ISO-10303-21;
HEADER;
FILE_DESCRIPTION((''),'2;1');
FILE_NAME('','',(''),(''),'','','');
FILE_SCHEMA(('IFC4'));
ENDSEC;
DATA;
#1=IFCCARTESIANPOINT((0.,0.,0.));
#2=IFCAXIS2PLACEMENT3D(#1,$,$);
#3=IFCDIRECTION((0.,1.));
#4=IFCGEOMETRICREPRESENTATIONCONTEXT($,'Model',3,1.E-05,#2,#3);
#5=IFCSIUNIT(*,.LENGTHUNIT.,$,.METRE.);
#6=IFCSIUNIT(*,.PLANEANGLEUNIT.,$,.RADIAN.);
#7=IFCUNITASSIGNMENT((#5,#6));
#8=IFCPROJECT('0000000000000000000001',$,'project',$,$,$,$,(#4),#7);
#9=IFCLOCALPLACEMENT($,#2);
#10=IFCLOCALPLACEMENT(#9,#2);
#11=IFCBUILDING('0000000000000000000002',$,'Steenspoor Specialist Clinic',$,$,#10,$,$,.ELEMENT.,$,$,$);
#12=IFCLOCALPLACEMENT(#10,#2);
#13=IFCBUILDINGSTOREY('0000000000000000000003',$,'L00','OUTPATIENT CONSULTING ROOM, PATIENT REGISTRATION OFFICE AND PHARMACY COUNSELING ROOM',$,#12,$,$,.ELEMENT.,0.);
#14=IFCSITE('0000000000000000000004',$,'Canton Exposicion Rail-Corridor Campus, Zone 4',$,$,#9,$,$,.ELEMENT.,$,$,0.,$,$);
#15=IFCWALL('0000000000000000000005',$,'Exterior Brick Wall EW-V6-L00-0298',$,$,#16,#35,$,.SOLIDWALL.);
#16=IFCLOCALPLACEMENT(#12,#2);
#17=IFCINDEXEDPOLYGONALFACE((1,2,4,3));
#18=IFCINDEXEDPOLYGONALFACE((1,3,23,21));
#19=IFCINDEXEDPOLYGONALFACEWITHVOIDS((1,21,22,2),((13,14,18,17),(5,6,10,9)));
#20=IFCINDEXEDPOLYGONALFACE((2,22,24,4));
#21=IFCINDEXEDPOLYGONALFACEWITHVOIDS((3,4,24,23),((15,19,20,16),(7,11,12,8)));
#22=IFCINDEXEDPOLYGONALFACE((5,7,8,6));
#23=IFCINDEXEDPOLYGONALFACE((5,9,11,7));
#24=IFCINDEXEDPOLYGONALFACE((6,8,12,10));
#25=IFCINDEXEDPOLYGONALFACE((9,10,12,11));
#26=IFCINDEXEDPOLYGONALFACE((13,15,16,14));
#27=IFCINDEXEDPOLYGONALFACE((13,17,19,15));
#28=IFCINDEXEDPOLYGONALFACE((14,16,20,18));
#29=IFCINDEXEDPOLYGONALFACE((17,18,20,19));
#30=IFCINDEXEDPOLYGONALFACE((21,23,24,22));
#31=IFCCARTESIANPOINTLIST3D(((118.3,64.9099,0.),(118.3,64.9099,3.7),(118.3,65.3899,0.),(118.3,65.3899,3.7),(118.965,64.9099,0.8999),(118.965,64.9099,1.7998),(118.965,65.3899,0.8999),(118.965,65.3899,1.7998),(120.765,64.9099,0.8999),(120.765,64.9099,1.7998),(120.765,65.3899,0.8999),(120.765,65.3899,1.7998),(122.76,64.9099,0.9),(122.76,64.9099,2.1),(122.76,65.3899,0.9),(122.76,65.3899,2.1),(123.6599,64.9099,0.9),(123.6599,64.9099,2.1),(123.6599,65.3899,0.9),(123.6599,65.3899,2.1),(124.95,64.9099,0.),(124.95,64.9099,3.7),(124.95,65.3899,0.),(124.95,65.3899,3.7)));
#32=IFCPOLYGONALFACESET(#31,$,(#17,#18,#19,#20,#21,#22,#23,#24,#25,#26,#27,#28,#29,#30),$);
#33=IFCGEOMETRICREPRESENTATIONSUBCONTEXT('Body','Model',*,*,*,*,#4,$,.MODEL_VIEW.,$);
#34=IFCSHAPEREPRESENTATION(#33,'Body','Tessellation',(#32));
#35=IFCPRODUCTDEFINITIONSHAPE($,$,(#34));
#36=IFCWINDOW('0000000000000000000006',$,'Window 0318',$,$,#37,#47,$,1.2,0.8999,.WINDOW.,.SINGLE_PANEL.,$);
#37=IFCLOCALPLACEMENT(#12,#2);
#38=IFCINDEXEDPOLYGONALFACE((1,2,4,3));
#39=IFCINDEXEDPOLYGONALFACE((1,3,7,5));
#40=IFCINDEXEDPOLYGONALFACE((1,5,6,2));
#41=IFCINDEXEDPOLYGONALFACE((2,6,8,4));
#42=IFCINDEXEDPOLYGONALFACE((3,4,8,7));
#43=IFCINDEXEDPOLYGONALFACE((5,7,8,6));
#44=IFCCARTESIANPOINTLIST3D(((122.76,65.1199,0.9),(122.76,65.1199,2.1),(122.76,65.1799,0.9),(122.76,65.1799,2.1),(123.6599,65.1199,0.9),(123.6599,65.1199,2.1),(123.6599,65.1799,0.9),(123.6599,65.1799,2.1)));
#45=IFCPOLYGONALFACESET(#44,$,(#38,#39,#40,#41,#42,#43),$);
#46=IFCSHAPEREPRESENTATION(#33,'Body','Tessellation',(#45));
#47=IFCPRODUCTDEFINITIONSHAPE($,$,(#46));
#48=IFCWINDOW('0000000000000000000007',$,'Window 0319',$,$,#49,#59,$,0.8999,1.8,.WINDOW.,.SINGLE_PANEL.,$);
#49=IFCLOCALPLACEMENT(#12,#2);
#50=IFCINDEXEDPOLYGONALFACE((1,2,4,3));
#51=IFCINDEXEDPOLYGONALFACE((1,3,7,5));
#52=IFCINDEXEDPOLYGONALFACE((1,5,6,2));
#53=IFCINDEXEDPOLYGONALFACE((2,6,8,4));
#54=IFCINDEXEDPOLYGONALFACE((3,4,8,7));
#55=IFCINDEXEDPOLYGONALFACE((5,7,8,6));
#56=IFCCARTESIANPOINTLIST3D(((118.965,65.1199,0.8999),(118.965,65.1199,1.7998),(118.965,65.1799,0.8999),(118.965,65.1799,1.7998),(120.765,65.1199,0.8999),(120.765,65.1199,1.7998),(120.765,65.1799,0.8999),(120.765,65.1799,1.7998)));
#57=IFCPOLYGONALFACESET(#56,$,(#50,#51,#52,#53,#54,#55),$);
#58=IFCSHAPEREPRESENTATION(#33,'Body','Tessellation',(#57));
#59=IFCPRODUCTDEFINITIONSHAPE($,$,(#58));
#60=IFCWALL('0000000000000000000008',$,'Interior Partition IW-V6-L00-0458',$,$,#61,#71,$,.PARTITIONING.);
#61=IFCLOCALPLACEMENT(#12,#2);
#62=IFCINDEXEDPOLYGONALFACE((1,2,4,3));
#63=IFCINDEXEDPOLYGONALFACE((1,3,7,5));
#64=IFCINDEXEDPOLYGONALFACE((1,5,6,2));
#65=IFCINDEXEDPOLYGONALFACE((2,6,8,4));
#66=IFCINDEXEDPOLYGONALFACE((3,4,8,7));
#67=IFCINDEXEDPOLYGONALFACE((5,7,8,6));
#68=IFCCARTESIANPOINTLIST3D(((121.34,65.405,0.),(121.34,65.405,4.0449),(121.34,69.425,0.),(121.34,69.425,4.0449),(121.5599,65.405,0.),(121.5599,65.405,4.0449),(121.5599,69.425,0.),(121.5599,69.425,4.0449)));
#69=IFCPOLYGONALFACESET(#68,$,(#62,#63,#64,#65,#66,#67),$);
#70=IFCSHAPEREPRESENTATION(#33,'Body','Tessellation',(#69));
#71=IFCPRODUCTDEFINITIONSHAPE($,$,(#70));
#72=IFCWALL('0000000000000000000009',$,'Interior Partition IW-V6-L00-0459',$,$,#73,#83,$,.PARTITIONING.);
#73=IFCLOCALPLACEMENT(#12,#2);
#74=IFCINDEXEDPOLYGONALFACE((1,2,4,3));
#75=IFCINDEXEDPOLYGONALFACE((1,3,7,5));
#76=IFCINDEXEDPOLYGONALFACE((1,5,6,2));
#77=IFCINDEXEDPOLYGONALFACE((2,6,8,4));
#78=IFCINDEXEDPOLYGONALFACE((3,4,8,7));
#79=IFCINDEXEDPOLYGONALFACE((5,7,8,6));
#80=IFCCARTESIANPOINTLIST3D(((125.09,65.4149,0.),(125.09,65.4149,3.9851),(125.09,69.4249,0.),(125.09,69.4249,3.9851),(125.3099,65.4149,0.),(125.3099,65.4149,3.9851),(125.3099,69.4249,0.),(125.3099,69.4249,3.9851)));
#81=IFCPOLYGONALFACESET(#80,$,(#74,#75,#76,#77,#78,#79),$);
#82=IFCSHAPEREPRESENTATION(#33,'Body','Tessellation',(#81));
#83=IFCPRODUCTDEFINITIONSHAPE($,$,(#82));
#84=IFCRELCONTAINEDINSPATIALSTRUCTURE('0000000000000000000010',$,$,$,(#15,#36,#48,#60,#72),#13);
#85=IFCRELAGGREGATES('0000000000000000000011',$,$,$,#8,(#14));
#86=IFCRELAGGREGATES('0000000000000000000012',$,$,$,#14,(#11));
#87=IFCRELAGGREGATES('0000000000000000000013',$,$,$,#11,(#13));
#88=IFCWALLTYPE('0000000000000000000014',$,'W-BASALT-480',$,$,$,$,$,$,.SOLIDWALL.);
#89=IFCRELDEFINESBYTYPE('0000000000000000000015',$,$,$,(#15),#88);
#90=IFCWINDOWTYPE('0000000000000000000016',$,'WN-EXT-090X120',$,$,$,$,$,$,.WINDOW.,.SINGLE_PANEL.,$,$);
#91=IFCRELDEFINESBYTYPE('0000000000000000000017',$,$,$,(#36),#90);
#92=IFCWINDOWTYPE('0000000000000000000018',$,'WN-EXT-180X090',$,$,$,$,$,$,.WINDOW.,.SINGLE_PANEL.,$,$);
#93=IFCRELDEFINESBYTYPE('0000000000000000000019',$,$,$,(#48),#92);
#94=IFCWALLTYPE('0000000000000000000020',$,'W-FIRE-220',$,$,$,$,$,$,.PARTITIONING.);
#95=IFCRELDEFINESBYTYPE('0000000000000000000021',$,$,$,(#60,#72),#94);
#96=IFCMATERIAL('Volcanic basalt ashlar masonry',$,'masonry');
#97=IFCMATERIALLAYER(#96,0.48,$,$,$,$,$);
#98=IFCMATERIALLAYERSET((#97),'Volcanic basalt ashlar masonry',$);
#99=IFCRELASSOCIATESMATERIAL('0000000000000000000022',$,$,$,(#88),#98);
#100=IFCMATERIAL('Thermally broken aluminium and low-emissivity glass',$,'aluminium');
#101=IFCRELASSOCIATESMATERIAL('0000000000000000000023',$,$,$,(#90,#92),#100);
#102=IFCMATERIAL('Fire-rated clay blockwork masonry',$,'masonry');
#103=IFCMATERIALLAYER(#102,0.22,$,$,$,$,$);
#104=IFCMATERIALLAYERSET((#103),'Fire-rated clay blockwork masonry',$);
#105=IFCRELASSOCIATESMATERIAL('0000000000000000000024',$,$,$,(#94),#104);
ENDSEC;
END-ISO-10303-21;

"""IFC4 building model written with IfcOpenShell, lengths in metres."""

from ifc_helpers import new_model, si_unit, direction, frame, frame_2d, origin, place, context, subcontext, project, spatial, rectangle, extrude, material, layer, layer_set, type_object, element, fill, save


model = new_model("IFC4")

# Units and contexts
model_context = context("Model", 3, precision=1e-05, world=origin(), true_north=direction((0.0, 1.0)))
body_context = subcontext(model_context, "Body", "Model", "MODEL_VIEW")
ifc_project = project(units=[si_unit("LENGTHUNIT", "METRE"), si_unit("PLANEANGLEUNIT", "RADIAN")], contexts=[model_context])

# Site, building, storey
site_placement = place(None, origin())
site = spatial("IfcSite", under=ifc_project, at=site_placement, Name="Canton Exposicion Rail-Corridor Campus, Zone 4", CompositionType="ELEMENT", RefElevation=0.0)
building_placement = place(site_placement, origin())
building = spatial("IfcBuilding", under=site, at=building_placement, Name="Steenspoor Specialist Clinic", CompositionType="ELEMENT")
storey_placement = place(building_placement, origin())
storey = spatial("IfcBuildingStorey", under=building, at=storey_placement, Name="L00", Description="OUTPATIENT CONSULTING ROOM, PATIENT REGISTRATION OFFICE AND PHARMACY COUNSELING ROOM", CompositionType="ELEMENT", Elevation=0.0)

# Shared definitions
ifc_material_1 = material(Name="Thermally broken aluminium and low-emissivity glass", Category="aluminium")

# Wall, openings, windows
ifc_material_2 = material(Name="Volcanic basalt ashlar masonry", Category="masonry")
ifc_layer_1 = layer(ifc_material_2, 0.48)
ifc_layer_set_1 = layer_set([ifc_layer_1], Name="Volcanic basalt ashlar masonry")
wall_type_1 = type_object("IfcWallType", Name="W-BASALT-480", PredefinedType="SOLIDWALL", material=ifc_layer_set_1)
wall_1_placement = place(storey_placement, frame((124.95, 65.1499, 0.0), z_axis=(0.0, 0.0, 1.0), x_axis=(-1.0, 0.0, 0.0)))
wall_1 = element("IfcWall", 1, at=wall_1_placement, inside=storey, type_object=wall_type_1, Name="Exterior Brick Wall EW-V6-L00-0298", PredefinedType="SOLIDWALL", context=body_context, shape_type="SweptSolid", body=[
    extrude(rectangle(XDim=6.6499, YDim=0.48, at=frame_2d((3.325, 0.0))), origin(), (0.0, 0.0, 1.0), 3.7),
])
opening_1_placement = place(wall_1_placement, frame((1.29, 0.0, 0.8999)))
opening_1 = element("IfcOpeningElement", 2, at=opening_1_placement, cuts=wall_1, PredefinedType="OPENING", context=body_context, shape_type="SweptSolid", body=[
    extrude(rectangle(XDim=0.8999, YDim=1.2, at=frame_2d((0.45, 0.6001))), frame((0.0, 0.25, 0.0), z_axis=(0.0, -1.0, 0.0), x_axis=(1.0, 0.0, 0.0)), (0.0, 0.0, 1.0), 0.5),
])
opening_2_placement = place(wall_1_placement, frame((4.1851, 0.0, 0.8999)))
opening_2 = element("IfcOpeningElement", 3, at=opening_2_placement, cuts=wall_1, PredefinedType="OPENING", context=body_context, shape_type="SweptSolid", body=[
    extrude(rectangle(XDim=1.8, YDim=0.8999, at=frame_2d((0.8999, 0.45))), frame((0.0, 0.25, 0.0), z_axis=(0.0, -1.0, 0.0), x_axis=(1.0, 0.0, 0.0)), (0.0, 0.0, 1.0), 0.5),
])
window_type_1 = type_object("IfcWindowType", Name="WN-EXT-090X120", PartitioningType="SINGLE_PANEL", PredefinedType="WINDOW", material=ifc_material_1)
window_1_placement = place(opening_1_placement, origin())
window_1 = element("IfcWindow", 4, at=window_1_placement, inside=storey, type_object=window_type_1, Name="Window 0318", OverallHeight=1.2, OverallWidth=0.8999, PartitioningType="SINGLE_PANEL", PredefinedType="WINDOW", context=body_context, shape_type="SweptSolid", body=[
    extrude(rectangle(XDim=0.8999, YDim=1.2, at=frame_2d((0.45, 0.6001))), frame((0.0, 0.03, 0.0), z_axis=(0.0, -1.0, 0.0), x_axis=(1.0, 0.0, 0.0)), (0.0, 0.0, 1.0), 0.0601),
])
fill(opening_1, window_1)
window_type_2 = type_object("IfcWindowType", Name="WN-EXT-180X090", PartitioningType="SINGLE_PANEL", PredefinedType="WINDOW", material=ifc_material_1)
window_2_placement = place(opening_2_placement, origin())
window_2 = element("IfcWindow", 5, at=window_2_placement, inside=storey, type_object=window_type_2, Name="Window 0319", OverallHeight=0.8999, OverallWidth=1.8, PartitioningType="SINGLE_PANEL", PredefinedType="WINDOW", context=body_context, shape_type="SweptSolid", body=[
    extrude(rectangle(XDim=1.8, YDim=0.8999, at=frame_2d((0.8999, 0.45))), frame((0.0, 0.03, 0.0), z_axis=(0.0, -1.0, 0.0), x_axis=(1.0, 0.0, 0.0)), (0.0, 0.0, 1.0), 0.0601),
])
fill(opening_2, window_2)

# Walls
ifc_material_3 = material(Name="Fire-rated clay blockwork masonry", Category="masonry")
ifc_layer_2 = layer(ifc_material_3, 0.22)
ifc_layer_set_2 = layer_set([ifc_layer_2], Name="Fire-rated clay blockwork masonry")
wall_type_2 = type_object("IfcWallType", Name="W-FIRE-220", PredefinedType="PARTITIONING", material=ifc_layer_set_2)
wall_2_placement = place(storey_placement, frame((121.45, 65.405, 0.0), z_axis=(0.0, 0.0, 1.0), x_axis=(0.0, 1.0, 0.0)))
element("IfcWall", 6, at=wall_2_placement, inside=storey, type_object=wall_type_2, Name="Interior Partition IW-V6-L00-0458", PredefinedType="PARTITIONING", context=body_context, shape_type="SweptSolid", body=[
    extrude(rectangle(XDim=4.02, YDim=0.22, at=frame_2d((2.01, 0.0))), origin(), (0.0, 0.0, 1.0), 4.0449),
])
wall_3_placement = place(storey_placement, frame((125.2, 65.415, 0.0), z_axis=(0.0, 0.0, 1.0), x_axis=(0.0, 1.0, 0.0)))
element("IfcWall", 7, at=wall_3_placement, inside=storey, type_object=wall_type_2, Name="Interior Partition IW-V6-L00-0459", PredefinedType="PARTITIONING", context=body_context, shape_type="SweptSolid", body=[
    extrude(rectangle(XDim=4.01, YDim=0.22, at=frame_2d((2.0049, 0.0))), origin(), (0.0, 0.0, 1.0), 3.9851),
])

save(model, "model.ifc")
